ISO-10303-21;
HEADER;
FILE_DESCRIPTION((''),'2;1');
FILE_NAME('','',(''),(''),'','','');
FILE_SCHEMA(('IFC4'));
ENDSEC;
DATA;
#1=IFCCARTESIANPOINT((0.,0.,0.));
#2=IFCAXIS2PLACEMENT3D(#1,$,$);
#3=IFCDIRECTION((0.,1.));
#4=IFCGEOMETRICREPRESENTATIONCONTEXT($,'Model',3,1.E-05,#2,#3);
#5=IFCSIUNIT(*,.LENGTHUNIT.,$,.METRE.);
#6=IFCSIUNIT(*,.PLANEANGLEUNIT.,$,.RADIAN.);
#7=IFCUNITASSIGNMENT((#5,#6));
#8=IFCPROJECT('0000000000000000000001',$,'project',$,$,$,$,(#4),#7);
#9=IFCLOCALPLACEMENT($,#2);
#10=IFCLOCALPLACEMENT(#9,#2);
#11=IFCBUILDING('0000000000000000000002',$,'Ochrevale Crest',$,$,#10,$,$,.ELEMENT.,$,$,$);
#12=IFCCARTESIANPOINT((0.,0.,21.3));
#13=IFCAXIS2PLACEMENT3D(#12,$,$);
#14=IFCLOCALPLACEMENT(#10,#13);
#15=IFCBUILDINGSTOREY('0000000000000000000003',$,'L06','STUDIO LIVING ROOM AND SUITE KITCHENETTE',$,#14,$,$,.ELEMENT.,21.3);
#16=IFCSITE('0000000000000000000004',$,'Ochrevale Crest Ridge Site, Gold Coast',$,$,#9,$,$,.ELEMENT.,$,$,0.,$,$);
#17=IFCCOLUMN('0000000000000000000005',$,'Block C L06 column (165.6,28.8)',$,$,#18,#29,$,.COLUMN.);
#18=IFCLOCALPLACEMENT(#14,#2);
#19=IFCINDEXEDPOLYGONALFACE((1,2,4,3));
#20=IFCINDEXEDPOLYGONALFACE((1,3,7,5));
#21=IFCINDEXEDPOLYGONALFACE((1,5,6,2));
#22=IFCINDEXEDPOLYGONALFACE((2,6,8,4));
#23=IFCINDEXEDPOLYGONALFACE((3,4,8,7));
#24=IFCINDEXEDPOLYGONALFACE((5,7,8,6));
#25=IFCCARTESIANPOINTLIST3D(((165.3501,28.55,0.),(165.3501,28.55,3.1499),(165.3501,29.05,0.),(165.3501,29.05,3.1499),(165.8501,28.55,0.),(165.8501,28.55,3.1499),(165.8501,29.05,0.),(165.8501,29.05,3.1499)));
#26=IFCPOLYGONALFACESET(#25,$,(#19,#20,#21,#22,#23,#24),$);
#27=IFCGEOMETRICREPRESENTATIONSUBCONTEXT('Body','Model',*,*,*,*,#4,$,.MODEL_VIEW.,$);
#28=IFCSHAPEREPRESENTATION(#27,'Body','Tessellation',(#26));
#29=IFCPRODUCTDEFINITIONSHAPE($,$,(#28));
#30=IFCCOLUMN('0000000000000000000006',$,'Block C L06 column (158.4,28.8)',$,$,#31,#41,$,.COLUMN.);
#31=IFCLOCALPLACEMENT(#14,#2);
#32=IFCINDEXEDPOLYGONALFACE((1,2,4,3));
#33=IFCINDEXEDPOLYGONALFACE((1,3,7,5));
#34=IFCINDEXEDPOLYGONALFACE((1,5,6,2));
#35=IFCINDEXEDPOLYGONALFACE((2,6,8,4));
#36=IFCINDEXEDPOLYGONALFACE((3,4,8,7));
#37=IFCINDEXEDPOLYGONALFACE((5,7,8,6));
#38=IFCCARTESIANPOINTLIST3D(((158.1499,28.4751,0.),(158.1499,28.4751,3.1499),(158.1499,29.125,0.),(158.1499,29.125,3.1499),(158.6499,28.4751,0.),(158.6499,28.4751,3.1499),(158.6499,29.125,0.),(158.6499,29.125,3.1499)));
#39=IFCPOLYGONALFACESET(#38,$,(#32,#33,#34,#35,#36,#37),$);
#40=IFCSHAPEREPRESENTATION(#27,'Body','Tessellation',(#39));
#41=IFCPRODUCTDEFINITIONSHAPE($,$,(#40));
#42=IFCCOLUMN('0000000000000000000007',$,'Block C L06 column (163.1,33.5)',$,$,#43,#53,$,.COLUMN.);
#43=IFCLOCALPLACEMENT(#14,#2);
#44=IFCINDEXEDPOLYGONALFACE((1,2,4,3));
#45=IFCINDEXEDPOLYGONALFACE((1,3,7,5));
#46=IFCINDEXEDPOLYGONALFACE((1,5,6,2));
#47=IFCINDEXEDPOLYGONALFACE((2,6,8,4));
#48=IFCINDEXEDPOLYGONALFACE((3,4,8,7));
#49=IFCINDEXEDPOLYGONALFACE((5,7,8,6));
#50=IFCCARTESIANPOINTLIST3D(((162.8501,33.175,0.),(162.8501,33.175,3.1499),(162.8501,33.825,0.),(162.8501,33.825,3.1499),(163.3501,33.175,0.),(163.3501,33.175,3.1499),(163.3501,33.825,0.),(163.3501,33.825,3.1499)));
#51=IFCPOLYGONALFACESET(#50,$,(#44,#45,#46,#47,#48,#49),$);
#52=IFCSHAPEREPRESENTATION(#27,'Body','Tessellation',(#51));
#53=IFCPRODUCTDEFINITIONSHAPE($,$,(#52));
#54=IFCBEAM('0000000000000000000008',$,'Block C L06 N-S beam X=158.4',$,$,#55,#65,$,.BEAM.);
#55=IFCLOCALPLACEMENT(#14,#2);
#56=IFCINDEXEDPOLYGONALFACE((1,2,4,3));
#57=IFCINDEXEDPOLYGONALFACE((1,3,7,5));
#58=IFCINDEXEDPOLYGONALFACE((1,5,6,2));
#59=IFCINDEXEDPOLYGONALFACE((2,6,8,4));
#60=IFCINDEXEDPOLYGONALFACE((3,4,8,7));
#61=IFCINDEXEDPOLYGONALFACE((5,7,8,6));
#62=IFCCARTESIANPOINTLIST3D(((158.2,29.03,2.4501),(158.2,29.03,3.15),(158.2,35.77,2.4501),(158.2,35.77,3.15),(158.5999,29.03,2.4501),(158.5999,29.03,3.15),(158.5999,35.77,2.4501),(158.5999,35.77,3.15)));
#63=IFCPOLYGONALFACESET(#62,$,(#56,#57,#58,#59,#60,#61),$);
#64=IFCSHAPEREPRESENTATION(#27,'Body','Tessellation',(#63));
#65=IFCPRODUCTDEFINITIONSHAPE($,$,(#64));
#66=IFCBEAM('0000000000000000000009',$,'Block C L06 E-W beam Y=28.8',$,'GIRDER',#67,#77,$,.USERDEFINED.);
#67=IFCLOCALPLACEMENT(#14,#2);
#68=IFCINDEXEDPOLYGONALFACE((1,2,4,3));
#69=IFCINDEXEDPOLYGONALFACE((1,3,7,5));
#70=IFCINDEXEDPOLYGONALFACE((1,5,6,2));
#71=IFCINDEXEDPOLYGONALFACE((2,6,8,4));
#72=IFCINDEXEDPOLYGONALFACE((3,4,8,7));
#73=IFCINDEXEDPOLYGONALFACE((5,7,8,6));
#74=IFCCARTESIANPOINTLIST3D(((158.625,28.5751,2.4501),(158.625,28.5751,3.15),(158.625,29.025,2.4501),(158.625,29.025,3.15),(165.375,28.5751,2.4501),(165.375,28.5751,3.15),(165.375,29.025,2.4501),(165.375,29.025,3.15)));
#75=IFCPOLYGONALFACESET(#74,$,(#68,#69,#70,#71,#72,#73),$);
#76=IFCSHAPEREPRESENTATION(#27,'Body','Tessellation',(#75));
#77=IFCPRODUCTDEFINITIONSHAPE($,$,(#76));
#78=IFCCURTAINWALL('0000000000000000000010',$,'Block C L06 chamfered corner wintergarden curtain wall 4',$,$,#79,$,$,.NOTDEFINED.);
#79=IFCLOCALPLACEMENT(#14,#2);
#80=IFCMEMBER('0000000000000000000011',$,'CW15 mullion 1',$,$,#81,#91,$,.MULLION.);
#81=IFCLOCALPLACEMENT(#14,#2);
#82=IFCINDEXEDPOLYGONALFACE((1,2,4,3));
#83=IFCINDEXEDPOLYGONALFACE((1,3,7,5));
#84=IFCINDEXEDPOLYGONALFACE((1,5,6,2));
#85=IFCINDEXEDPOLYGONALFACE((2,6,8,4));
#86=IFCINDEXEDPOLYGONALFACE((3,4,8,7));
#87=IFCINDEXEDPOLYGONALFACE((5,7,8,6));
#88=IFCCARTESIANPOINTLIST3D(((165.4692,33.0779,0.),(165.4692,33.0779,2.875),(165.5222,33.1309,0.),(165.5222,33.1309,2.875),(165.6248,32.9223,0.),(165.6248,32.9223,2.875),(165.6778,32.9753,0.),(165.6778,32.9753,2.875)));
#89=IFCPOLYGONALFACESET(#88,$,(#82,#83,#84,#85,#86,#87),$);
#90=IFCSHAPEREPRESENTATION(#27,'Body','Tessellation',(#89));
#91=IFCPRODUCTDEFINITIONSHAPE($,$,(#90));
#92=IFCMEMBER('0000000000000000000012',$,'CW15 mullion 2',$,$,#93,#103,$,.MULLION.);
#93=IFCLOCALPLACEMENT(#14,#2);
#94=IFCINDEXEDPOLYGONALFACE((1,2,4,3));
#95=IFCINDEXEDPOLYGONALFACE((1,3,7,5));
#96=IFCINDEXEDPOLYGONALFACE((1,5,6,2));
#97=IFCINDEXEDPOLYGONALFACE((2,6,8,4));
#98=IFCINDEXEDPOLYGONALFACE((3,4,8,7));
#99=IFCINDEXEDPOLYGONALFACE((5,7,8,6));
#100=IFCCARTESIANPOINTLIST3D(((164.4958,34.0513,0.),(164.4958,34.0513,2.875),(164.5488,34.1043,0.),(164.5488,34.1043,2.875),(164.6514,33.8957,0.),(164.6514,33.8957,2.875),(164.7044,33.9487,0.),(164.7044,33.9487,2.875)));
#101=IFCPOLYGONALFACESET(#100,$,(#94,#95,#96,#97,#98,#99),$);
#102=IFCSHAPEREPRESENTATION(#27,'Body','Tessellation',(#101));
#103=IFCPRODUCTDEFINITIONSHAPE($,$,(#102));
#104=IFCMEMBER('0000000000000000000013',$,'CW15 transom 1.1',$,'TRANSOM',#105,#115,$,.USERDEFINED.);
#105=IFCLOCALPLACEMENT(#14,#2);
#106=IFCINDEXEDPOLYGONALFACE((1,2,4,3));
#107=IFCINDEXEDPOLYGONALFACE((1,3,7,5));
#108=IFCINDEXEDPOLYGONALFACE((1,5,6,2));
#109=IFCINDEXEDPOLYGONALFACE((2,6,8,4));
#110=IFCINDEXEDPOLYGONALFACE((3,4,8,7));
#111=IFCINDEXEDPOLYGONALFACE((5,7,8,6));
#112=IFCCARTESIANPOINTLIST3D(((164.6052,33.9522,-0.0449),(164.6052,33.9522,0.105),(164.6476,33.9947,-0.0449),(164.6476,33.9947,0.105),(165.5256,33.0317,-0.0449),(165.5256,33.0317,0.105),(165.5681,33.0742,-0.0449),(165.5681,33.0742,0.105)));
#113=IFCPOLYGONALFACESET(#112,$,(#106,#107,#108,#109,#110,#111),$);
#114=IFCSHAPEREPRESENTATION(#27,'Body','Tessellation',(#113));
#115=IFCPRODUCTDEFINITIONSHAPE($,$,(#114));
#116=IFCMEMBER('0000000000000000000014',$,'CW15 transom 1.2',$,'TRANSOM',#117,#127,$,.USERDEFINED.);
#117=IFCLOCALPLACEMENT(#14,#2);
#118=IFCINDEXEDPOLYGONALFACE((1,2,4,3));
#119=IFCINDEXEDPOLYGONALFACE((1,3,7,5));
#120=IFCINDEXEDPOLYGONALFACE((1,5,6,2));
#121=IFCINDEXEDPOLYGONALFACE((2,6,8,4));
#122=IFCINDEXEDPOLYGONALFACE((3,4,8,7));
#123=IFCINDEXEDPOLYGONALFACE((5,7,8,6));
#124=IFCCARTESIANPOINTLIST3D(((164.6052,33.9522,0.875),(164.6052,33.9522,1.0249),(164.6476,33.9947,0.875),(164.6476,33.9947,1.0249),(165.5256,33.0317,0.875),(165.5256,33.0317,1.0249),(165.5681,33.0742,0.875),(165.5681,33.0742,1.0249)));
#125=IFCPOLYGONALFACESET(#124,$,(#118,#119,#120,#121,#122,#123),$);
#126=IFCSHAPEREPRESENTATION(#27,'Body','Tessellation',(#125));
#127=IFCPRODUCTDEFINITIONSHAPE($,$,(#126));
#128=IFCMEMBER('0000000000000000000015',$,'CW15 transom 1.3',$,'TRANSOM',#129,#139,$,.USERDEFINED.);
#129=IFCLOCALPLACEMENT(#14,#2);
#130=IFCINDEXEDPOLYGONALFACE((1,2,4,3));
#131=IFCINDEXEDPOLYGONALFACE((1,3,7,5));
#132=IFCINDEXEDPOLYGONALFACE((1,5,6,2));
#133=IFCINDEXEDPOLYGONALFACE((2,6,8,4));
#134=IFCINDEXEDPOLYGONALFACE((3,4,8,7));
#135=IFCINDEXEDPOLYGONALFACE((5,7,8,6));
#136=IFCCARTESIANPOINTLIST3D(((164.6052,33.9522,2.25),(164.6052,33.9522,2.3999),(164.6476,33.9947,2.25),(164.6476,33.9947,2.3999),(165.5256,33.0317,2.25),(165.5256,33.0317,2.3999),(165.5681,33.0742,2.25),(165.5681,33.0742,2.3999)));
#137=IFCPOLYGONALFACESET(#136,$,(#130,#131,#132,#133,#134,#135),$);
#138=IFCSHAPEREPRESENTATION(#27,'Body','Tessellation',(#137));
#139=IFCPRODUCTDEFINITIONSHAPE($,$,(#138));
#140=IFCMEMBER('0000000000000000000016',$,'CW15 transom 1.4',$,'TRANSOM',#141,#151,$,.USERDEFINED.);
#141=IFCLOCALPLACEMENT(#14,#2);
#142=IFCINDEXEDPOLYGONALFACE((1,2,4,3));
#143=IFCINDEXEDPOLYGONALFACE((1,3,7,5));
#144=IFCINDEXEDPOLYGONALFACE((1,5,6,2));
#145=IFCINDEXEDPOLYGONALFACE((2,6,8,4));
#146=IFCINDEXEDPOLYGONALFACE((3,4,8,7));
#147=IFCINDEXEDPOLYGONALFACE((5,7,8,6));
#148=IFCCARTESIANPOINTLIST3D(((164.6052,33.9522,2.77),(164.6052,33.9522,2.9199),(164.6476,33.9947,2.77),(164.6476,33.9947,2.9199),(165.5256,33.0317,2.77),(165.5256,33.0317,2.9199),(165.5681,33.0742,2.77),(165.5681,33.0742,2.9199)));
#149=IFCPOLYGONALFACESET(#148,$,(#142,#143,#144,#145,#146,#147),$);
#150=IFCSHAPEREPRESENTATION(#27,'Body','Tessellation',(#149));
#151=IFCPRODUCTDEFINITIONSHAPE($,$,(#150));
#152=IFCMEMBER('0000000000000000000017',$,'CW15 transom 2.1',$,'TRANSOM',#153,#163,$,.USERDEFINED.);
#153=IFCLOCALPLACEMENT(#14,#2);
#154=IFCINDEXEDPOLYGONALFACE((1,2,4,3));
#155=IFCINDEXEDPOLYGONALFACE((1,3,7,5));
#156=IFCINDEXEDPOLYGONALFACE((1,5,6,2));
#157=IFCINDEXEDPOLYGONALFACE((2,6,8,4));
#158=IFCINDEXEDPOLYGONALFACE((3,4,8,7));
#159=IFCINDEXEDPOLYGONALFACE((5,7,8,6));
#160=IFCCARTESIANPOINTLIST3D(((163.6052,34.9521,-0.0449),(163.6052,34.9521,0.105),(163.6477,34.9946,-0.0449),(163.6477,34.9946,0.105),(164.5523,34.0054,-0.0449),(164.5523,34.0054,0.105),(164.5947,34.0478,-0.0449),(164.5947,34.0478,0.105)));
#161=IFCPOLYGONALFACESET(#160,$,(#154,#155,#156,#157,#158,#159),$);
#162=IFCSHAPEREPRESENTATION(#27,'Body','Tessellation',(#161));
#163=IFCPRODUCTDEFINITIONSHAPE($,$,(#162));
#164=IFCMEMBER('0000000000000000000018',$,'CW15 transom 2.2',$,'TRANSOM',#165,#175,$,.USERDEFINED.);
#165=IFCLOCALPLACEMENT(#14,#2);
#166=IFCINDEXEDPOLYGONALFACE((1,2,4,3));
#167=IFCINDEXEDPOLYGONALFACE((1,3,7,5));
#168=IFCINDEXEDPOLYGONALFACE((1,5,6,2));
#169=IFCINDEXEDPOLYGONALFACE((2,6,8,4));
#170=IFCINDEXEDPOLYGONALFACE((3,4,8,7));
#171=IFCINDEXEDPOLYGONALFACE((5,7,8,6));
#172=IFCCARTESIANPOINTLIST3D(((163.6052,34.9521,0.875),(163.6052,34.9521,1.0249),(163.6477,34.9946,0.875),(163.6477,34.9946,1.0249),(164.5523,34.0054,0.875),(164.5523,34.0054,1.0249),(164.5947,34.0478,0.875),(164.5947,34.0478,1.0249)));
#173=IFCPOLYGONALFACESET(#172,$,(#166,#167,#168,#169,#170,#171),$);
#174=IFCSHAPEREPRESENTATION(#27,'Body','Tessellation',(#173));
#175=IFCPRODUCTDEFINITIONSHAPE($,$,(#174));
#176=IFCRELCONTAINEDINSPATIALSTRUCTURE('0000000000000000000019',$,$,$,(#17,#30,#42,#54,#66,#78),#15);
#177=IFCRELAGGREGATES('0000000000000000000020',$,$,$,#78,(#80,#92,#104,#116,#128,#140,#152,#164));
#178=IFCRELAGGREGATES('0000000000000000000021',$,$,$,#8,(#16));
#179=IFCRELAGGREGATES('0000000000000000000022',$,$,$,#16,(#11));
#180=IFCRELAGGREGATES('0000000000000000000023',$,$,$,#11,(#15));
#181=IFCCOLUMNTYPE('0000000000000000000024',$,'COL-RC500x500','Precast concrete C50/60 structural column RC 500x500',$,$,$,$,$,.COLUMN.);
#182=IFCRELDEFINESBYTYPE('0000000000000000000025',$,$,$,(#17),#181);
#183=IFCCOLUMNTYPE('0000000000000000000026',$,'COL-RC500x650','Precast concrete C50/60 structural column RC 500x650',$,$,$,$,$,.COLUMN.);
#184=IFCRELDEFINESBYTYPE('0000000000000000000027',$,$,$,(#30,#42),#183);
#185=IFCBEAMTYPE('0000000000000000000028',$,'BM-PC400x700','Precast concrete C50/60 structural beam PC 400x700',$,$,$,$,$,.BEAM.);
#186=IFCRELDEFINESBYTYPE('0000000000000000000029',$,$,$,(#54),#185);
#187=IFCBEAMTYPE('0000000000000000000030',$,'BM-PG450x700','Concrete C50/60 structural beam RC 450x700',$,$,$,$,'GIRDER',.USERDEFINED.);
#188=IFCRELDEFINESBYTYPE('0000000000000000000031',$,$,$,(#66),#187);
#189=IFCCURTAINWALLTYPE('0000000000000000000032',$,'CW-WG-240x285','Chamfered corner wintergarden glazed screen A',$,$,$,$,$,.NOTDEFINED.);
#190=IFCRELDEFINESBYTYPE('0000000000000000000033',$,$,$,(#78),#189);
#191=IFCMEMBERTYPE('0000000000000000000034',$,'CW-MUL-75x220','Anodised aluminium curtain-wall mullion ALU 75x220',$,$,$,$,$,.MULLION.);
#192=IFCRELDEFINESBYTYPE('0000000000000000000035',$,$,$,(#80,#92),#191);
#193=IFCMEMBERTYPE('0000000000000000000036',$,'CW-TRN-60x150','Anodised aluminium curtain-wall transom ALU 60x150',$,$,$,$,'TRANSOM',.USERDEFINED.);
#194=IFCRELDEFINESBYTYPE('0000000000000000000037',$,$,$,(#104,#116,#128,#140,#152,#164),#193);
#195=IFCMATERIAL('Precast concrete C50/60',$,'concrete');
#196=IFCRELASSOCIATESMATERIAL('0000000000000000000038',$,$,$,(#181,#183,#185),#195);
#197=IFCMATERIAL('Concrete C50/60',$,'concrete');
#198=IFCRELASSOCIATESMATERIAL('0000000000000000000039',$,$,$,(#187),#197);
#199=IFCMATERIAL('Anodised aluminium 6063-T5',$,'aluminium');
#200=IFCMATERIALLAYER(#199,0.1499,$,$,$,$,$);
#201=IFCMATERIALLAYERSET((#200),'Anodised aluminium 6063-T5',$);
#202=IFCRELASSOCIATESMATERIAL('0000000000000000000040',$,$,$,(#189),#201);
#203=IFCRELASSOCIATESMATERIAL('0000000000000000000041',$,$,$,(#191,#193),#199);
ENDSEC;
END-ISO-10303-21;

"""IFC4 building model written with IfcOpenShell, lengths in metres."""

from ifc_helpers import new_model, si_unit, direction, frame, origin, origin_2d, place, context, subcontext, project, spatial, rectangle, extrude, material, layer, layer_set, material_profile, profile_set, type_object, element, aggregate, save


model = new_model("IFC4")

# Units and contexts
model_context = context("Model", 3, precision=1e-05, world=origin(), true_north=direction((0.0, 1.0)))
body_context = subcontext(model_context, "Body", "Model", "MODEL_VIEW")
ifc_project = project(units=[si_unit("LENGTHUNIT", "METRE"), si_unit("PLANEANGLEUNIT", "RADIAN")], contexts=[model_context])

# Site, building, storey
site_placement = place(None, origin())
site = spatial("IfcSite", under=ifc_project, at=site_placement, Name="Ochrevale Crest Ridge Site, Gold Coast", CompositionType="ELEMENT", RefElevation=0.0)
building_placement = place(site_placement, origin())
building = spatial("IfcBuilding", under=site, at=building_placement, Name="Ochrevale Crest", CompositionType="ELEMENT")
storey_placement = place(building_placement, frame((0.0, 0.0, 21.3)))
storey = spatial("IfcBuildingStorey", under=building, at=storey_placement, Name="L06", Description="STUDIO LIVING ROOM AND SUITE KITCHENETTE", CompositionType="ELEMENT", Elevation=21.3)

# Columns
ifc_material_1 = material(Name="Precast concrete C50/60", Category="concrete")
ifc_material_profile_1 = material_profile(ifc_material_1, rectangle(XDim=0.5, YDim=0.5, at=origin_2d()), Name="RC 500x500")
ifc_profile_set_1 = profile_set([ifc_material_profile_1], Name="Precast concrete C50/60")
column_type_1 = type_object("IfcColumnType", Name="COL-RC500x500", Description="Precast concrete C50/60 structural column RC 500x500", PredefinedType="COLUMN", material=ifc_profile_set_1)
column_placement = place(storey_placement, frame((165.6001, 28.8, 0.0), z_axis=(0.0, 0.0, 1.0), x_axis=(1.0, 0.0, 0.0)))
element("IfcColumn", 1, at=column_placement, inside=storey, type_object=column_type_1, Name="Block C L06 column (165.6,28.8)", PredefinedType="COLUMN", context=body_context, shape_type="SweptSolid", body=[
    extrude(rectangle(XDim=0.5, YDim=0.5, at=origin_2d()), origin(), (0.0, 0.0, 1.0), 3.1499),
])
ifc_material_profile_2 = material_profile(ifc_material_1, rectangle(XDim=0.5, YDim=0.6499, at=origin_2d()), Name="RC 500x650")
ifc_profile_set_2 = profile_set([ifc_material_profile_2], Name="Precast concrete C50/60")
column_type_2 = type_object("IfcColumnType", Name="COL-RC500x650", Description="Precast concrete C50/60 structural column RC 500x650", PredefinedType="COLUMN", material=ifc_profile_set_2)
for number, where, z_axis, x_axis, name in (
    (2, (158.3999, 28.8, 0.0), (0.0, 0.0, 1.0), (1.0, 0.0, 0.0), "Block C L06 column (158.4,28.8)"),
    (3, (163.1001, 33.5, 0.0), (0.0, 0.0, 1.0), (1.0, 0.0, 0.0), "Block C L06 column (163.1,33.5)"),
):
    element("IfcColumn", number, at=place(storey_placement, frame(where, z_axis=z_axis, x_axis=x_axis)), inside=storey, type_object=column_type_2, Name=name, PredefinedType="COLUMN", context=body_context, shape_type="SweptSolid", body=[
        extrude(rectangle(XDim=0.5, YDim=0.6499, at=origin_2d()), origin(), (0.0, 0.0, 1.0), 3.1499),
    ])

# Beams
ifc_material_profile_3 = material_profile(ifc_material_1, rectangle(XDim=0.3999, YDim=0.7, at=origin_2d()), Name="PC 400x700")
ifc_profile_set_3 = profile_set([ifc_material_profile_3], Name="Precast concrete C50/60")
beam_type_1 = type_object("IfcBeamType", Name="BM-PC400x700", Description="Precast concrete C50/60 structural beam PC 400x700", PredefinedType="BEAM", material=ifc_profile_set_3)
beam_1_placement = place(storey_placement, frame((158.3999, 29.03, 2.8), z_axis=(0.0, 1.0, 0.0), x_axis=(-1.0, 0.0, 0.0)))
element("IfcBeam", 4, at=beam_1_placement, inside=storey, type_object=beam_type_1, Name="Block C L06 N-S beam X=158.4", PredefinedType="BEAM", context=body_context, shape_type="SweptSolid", body=[
    extrude(rectangle(XDim=0.3999, YDim=0.7, at=origin_2d()), origin(), (0.0, 0.0, 1.0), 6.74),
])
ifc_material_2 = material(Name="Concrete C50/60", Category="concrete")
ifc_material_profile_4 = material_profile(ifc_material_2, rectangle(XDim=0.45, YDim=0.7, at=origin_2d()), Name="RC 450x700")
ifc_profile_set_4 = profile_set([ifc_material_profile_4], Name="Concrete C50/60")
beam_type_2 = type_object("IfcBeamType", Name="BM-PG450x700", Description="Concrete C50/60 structural beam RC 450x700", ElementType="GIRDER", PredefinedType="USERDEFINED", material=ifc_profile_set_4)
beam_2_placement = place(storey_placement, frame((158.625, 28.8, 2.8), z_axis=(1.0, 0.0, 0.0), x_axis=(0.0, 1.0, 0.0)))
element("IfcBeam", 5, at=beam_2_placement, inside=storey, type_object=beam_type_2, Name="Block C L06 E-W beam Y=28.8", ObjectType="GIRDER", PredefinedType="USERDEFINED", context=body_context, shape_type="SweptSolid", body=[
    extrude(rectangle(XDim=0.45, YDim=0.7, at=origin_2d()), origin(), (0.0, 0.0, 1.0), 6.75),
])

# Curtain wall, members
ifc_material_3 = material(Name="Anodised aluminium 6063-T5", Category="aluminium")
ifc_layer_1 = layer(ifc_material_3, 0.1499)
ifc_layer_set_1 = layer_set([ifc_layer_1], Name="Anodised aluminium 6063-T5")
curtain_wall_type = type_object("IfcCurtainWallType", Name="CW-WG-240x285", Description="Chamfered corner wintergarden glazed screen A", PredefinedType="NOTDEFINED", material=ifc_layer_set_1)
curtain_wall_placement = place(storey_placement, origin())
curtain_wall = element("IfcCurtainWall", 6, at=curtain_wall_placement, inside=storey, type_object=curtain_wall_type, Name="Block C L06 chamfered corner wintergarden curtain wall 4", PredefinedType="NOTDEFINED")
ifc_material_profile_5 = material_profile(ifc_material_3, rectangle(XDim=0.075, YDim=0.22, at=origin_2d()), Name="ALU 75x220")
ifc_profile_set_5 = profile_set([ifc_material_profile_5], Name="Anodised aluminium 6063-T5")
member_type_1 = type_object("IfcMemberType", Name="CW-MUL-75x220", Description="Anodised aluminium curtain-wall mullion ALU 75x220", PredefinedType="MULLION", material=ifc_profile_set_5)
member_1_placement = place(storey_placement, frame((165.5735, 33.0266, 0.0), z_axis=(0.0, 0.0, 1.0), x_axis=(-0.707107, -0.707107, 0.0)))
member_1 = element("IfcMember", 7, at=member_1_placement, type_object=member_type_1, Name="CW15 mullion 1", PredefinedType="MULLION", context=body_context, shape_type="SweptSolid", body=[
    extrude(rectangle(XDim=0.075, YDim=0.22, at=origin_2d()), origin(), (0.0, 0.0, 1.0), 2.875),
])
member_2_placement = place(storey_placement, frame((164.6001, 34.0, 0.0), z_axis=(0.0, 0.0, 1.0), x_axis=(-0.707107, -0.707107, 0.0)))
member_2 = element("IfcMember", 8, at=member_2_placement, type_object=member_type_1, Name="CW15 mullion 2", PredefinedType="MULLION", context=body_context, shape_type="SweptSolid", body=[
    extrude(rectangle(XDim=0.075, YDim=0.22, at=origin_2d()), origin(), (0.0, 0.0, 1.0), 2.875),
])
ifc_material_profile_6 = material_profile(ifc_material_3, rectangle(XDim=0.0601, YDim=0.1499, at=origin_2d()), Name="ALU 60x150")
ifc_profile_set_6 = profile_set([ifc_material_profile_6], Name="Anodised aluminium 6063-T5")
member_type_2 = type_object("IfcMemberType", Name="CW-TRN-60x150", Description="Anodised aluminium curtain-wall transom ALU 60x150", ElementType="TRANSOM", PredefinedType="USERDEFINED", material=ifc_profile_set_6)
member_3_placement = place(storey_placement, frame((165.5469, 33.053, 0.03), z_axis=(-0.707107, 0.707107, 0.0), x_axis=(-0.707107, -0.707107, 0.0)))
member_3 = element("IfcMember", 9, at=member_3_placement, type_object=member_type_2, Name="CW15 transom 1.1", ObjectType="TRANSOM", PredefinedType="USERDEFINED", context=body_context, shape_type="SweptSolid", body=[
    extrude(rectangle(XDim=0.0601, YDim=0.1499, at=origin_2d()), origin(), (0.0, 0.0, 1.0), 1.3018),
])
member_4_placement = place(storey_placement, frame((165.5469, 33.053, 0.95), z_axis=(-0.707107, 0.707107, 0.0), x_axis=(-0.707107, -0.707107, 0.0)))
member_4 = element("IfcMember", 10, at=member_4_placement, type_object=member_type_2, Name="CW15 transom 1.2", ObjectType="TRANSOM", PredefinedType="USERDEFINED", context=body_context, shape_type="SweptSolid", body=[
    extrude(rectangle(XDim=0.0601, YDim=0.1499, at=origin_2d()), origin(), (0.0, 0.0, 1.0), 1.3018),
])
member_5_placement = place(storey_placement, frame((165.5469, 33.053, 2.325), z_axis=(-0.707107, 0.707107, 0.0), x_axis=(-0.707107, -0.707107, 0.0)))
member_5 = element("IfcMember", 11, at=member_5_placement, type_object=member_type_2, Name="CW15 transom 1.3", ObjectType="TRANSOM", PredefinedType="USERDEFINED", context=body_context, shape_type="SweptSolid", body=[
    extrude(rectangle(XDim=0.0601, YDim=0.1499, at=origin_2d()), origin(), (0.0, 0.0, 1.0), 1.3018),
])
member_6_placement = place(storey_placement, frame((165.5469, 33.053, 2.845), z_axis=(-0.707107, 0.707107, 0.0), x_axis=(-0.707107, -0.707107, 0.0)))
member_6 = element("IfcMember", 12, at=member_6_placement, type_object=member_type_2, Name="CW15 transom 1.4", ObjectType="TRANSOM", PredefinedType="USERDEFINED", context=body_context, shape_type="SweptSolid", body=[
    extrude(rectangle(XDim=0.0601, YDim=0.1499, at=origin_2d()), origin(), (0.0, 0.0, 1.0), 1.3018),
])
member_7_placement = place(storey_placement, frame((164.5735, 34.0266, 0.03), z_axis=(-0.707198, 0.707016, 0.0), x_axis=(-0.707016, -0.707198, 0.0)))
member_7 = element("IfcMember", 13, at=member_7_placement, type_object=member_type_2, Name="CW15 transom 2.1", ObjectType="TRANSOM", PredefinedType="USERDEFINED", context=body_context, shape_type="SweptSolid", body=[
    extrude(rectangle(XDim=0.0601, YDim=0.1499, at=origin_2d()), origin(), (0.0, 0.0, 1.0), 1.3391),
])
member_8_placement = place(storey_placement, frame((164.5735, 34.0266, 0.95), z_axis=(-0.707198, 0.707016, 0.0), x_axis=(-0.707016, -0.707198, 0.0)))
member_8 = element("IfcMember", 14, at=member_8_placement, type_object=member_type_2, Name="CW15 transom 2.2", ObjectType="TRANSOM", PredefinedType="USERDEFINED", context=body_context, shape_type="SweptSolid", body=[
    extrude(rectangle(XDim=0.0601, YDim=0.1499, at=origin_2d()), origin(), (0.0, 0.0, 1.0), 1.3391),
])
aggregate(curtain_wall, [member_1, member_2, member_3, member_4, member_5, member_6, member_7, member_8])

save(model, "model.ifc")
